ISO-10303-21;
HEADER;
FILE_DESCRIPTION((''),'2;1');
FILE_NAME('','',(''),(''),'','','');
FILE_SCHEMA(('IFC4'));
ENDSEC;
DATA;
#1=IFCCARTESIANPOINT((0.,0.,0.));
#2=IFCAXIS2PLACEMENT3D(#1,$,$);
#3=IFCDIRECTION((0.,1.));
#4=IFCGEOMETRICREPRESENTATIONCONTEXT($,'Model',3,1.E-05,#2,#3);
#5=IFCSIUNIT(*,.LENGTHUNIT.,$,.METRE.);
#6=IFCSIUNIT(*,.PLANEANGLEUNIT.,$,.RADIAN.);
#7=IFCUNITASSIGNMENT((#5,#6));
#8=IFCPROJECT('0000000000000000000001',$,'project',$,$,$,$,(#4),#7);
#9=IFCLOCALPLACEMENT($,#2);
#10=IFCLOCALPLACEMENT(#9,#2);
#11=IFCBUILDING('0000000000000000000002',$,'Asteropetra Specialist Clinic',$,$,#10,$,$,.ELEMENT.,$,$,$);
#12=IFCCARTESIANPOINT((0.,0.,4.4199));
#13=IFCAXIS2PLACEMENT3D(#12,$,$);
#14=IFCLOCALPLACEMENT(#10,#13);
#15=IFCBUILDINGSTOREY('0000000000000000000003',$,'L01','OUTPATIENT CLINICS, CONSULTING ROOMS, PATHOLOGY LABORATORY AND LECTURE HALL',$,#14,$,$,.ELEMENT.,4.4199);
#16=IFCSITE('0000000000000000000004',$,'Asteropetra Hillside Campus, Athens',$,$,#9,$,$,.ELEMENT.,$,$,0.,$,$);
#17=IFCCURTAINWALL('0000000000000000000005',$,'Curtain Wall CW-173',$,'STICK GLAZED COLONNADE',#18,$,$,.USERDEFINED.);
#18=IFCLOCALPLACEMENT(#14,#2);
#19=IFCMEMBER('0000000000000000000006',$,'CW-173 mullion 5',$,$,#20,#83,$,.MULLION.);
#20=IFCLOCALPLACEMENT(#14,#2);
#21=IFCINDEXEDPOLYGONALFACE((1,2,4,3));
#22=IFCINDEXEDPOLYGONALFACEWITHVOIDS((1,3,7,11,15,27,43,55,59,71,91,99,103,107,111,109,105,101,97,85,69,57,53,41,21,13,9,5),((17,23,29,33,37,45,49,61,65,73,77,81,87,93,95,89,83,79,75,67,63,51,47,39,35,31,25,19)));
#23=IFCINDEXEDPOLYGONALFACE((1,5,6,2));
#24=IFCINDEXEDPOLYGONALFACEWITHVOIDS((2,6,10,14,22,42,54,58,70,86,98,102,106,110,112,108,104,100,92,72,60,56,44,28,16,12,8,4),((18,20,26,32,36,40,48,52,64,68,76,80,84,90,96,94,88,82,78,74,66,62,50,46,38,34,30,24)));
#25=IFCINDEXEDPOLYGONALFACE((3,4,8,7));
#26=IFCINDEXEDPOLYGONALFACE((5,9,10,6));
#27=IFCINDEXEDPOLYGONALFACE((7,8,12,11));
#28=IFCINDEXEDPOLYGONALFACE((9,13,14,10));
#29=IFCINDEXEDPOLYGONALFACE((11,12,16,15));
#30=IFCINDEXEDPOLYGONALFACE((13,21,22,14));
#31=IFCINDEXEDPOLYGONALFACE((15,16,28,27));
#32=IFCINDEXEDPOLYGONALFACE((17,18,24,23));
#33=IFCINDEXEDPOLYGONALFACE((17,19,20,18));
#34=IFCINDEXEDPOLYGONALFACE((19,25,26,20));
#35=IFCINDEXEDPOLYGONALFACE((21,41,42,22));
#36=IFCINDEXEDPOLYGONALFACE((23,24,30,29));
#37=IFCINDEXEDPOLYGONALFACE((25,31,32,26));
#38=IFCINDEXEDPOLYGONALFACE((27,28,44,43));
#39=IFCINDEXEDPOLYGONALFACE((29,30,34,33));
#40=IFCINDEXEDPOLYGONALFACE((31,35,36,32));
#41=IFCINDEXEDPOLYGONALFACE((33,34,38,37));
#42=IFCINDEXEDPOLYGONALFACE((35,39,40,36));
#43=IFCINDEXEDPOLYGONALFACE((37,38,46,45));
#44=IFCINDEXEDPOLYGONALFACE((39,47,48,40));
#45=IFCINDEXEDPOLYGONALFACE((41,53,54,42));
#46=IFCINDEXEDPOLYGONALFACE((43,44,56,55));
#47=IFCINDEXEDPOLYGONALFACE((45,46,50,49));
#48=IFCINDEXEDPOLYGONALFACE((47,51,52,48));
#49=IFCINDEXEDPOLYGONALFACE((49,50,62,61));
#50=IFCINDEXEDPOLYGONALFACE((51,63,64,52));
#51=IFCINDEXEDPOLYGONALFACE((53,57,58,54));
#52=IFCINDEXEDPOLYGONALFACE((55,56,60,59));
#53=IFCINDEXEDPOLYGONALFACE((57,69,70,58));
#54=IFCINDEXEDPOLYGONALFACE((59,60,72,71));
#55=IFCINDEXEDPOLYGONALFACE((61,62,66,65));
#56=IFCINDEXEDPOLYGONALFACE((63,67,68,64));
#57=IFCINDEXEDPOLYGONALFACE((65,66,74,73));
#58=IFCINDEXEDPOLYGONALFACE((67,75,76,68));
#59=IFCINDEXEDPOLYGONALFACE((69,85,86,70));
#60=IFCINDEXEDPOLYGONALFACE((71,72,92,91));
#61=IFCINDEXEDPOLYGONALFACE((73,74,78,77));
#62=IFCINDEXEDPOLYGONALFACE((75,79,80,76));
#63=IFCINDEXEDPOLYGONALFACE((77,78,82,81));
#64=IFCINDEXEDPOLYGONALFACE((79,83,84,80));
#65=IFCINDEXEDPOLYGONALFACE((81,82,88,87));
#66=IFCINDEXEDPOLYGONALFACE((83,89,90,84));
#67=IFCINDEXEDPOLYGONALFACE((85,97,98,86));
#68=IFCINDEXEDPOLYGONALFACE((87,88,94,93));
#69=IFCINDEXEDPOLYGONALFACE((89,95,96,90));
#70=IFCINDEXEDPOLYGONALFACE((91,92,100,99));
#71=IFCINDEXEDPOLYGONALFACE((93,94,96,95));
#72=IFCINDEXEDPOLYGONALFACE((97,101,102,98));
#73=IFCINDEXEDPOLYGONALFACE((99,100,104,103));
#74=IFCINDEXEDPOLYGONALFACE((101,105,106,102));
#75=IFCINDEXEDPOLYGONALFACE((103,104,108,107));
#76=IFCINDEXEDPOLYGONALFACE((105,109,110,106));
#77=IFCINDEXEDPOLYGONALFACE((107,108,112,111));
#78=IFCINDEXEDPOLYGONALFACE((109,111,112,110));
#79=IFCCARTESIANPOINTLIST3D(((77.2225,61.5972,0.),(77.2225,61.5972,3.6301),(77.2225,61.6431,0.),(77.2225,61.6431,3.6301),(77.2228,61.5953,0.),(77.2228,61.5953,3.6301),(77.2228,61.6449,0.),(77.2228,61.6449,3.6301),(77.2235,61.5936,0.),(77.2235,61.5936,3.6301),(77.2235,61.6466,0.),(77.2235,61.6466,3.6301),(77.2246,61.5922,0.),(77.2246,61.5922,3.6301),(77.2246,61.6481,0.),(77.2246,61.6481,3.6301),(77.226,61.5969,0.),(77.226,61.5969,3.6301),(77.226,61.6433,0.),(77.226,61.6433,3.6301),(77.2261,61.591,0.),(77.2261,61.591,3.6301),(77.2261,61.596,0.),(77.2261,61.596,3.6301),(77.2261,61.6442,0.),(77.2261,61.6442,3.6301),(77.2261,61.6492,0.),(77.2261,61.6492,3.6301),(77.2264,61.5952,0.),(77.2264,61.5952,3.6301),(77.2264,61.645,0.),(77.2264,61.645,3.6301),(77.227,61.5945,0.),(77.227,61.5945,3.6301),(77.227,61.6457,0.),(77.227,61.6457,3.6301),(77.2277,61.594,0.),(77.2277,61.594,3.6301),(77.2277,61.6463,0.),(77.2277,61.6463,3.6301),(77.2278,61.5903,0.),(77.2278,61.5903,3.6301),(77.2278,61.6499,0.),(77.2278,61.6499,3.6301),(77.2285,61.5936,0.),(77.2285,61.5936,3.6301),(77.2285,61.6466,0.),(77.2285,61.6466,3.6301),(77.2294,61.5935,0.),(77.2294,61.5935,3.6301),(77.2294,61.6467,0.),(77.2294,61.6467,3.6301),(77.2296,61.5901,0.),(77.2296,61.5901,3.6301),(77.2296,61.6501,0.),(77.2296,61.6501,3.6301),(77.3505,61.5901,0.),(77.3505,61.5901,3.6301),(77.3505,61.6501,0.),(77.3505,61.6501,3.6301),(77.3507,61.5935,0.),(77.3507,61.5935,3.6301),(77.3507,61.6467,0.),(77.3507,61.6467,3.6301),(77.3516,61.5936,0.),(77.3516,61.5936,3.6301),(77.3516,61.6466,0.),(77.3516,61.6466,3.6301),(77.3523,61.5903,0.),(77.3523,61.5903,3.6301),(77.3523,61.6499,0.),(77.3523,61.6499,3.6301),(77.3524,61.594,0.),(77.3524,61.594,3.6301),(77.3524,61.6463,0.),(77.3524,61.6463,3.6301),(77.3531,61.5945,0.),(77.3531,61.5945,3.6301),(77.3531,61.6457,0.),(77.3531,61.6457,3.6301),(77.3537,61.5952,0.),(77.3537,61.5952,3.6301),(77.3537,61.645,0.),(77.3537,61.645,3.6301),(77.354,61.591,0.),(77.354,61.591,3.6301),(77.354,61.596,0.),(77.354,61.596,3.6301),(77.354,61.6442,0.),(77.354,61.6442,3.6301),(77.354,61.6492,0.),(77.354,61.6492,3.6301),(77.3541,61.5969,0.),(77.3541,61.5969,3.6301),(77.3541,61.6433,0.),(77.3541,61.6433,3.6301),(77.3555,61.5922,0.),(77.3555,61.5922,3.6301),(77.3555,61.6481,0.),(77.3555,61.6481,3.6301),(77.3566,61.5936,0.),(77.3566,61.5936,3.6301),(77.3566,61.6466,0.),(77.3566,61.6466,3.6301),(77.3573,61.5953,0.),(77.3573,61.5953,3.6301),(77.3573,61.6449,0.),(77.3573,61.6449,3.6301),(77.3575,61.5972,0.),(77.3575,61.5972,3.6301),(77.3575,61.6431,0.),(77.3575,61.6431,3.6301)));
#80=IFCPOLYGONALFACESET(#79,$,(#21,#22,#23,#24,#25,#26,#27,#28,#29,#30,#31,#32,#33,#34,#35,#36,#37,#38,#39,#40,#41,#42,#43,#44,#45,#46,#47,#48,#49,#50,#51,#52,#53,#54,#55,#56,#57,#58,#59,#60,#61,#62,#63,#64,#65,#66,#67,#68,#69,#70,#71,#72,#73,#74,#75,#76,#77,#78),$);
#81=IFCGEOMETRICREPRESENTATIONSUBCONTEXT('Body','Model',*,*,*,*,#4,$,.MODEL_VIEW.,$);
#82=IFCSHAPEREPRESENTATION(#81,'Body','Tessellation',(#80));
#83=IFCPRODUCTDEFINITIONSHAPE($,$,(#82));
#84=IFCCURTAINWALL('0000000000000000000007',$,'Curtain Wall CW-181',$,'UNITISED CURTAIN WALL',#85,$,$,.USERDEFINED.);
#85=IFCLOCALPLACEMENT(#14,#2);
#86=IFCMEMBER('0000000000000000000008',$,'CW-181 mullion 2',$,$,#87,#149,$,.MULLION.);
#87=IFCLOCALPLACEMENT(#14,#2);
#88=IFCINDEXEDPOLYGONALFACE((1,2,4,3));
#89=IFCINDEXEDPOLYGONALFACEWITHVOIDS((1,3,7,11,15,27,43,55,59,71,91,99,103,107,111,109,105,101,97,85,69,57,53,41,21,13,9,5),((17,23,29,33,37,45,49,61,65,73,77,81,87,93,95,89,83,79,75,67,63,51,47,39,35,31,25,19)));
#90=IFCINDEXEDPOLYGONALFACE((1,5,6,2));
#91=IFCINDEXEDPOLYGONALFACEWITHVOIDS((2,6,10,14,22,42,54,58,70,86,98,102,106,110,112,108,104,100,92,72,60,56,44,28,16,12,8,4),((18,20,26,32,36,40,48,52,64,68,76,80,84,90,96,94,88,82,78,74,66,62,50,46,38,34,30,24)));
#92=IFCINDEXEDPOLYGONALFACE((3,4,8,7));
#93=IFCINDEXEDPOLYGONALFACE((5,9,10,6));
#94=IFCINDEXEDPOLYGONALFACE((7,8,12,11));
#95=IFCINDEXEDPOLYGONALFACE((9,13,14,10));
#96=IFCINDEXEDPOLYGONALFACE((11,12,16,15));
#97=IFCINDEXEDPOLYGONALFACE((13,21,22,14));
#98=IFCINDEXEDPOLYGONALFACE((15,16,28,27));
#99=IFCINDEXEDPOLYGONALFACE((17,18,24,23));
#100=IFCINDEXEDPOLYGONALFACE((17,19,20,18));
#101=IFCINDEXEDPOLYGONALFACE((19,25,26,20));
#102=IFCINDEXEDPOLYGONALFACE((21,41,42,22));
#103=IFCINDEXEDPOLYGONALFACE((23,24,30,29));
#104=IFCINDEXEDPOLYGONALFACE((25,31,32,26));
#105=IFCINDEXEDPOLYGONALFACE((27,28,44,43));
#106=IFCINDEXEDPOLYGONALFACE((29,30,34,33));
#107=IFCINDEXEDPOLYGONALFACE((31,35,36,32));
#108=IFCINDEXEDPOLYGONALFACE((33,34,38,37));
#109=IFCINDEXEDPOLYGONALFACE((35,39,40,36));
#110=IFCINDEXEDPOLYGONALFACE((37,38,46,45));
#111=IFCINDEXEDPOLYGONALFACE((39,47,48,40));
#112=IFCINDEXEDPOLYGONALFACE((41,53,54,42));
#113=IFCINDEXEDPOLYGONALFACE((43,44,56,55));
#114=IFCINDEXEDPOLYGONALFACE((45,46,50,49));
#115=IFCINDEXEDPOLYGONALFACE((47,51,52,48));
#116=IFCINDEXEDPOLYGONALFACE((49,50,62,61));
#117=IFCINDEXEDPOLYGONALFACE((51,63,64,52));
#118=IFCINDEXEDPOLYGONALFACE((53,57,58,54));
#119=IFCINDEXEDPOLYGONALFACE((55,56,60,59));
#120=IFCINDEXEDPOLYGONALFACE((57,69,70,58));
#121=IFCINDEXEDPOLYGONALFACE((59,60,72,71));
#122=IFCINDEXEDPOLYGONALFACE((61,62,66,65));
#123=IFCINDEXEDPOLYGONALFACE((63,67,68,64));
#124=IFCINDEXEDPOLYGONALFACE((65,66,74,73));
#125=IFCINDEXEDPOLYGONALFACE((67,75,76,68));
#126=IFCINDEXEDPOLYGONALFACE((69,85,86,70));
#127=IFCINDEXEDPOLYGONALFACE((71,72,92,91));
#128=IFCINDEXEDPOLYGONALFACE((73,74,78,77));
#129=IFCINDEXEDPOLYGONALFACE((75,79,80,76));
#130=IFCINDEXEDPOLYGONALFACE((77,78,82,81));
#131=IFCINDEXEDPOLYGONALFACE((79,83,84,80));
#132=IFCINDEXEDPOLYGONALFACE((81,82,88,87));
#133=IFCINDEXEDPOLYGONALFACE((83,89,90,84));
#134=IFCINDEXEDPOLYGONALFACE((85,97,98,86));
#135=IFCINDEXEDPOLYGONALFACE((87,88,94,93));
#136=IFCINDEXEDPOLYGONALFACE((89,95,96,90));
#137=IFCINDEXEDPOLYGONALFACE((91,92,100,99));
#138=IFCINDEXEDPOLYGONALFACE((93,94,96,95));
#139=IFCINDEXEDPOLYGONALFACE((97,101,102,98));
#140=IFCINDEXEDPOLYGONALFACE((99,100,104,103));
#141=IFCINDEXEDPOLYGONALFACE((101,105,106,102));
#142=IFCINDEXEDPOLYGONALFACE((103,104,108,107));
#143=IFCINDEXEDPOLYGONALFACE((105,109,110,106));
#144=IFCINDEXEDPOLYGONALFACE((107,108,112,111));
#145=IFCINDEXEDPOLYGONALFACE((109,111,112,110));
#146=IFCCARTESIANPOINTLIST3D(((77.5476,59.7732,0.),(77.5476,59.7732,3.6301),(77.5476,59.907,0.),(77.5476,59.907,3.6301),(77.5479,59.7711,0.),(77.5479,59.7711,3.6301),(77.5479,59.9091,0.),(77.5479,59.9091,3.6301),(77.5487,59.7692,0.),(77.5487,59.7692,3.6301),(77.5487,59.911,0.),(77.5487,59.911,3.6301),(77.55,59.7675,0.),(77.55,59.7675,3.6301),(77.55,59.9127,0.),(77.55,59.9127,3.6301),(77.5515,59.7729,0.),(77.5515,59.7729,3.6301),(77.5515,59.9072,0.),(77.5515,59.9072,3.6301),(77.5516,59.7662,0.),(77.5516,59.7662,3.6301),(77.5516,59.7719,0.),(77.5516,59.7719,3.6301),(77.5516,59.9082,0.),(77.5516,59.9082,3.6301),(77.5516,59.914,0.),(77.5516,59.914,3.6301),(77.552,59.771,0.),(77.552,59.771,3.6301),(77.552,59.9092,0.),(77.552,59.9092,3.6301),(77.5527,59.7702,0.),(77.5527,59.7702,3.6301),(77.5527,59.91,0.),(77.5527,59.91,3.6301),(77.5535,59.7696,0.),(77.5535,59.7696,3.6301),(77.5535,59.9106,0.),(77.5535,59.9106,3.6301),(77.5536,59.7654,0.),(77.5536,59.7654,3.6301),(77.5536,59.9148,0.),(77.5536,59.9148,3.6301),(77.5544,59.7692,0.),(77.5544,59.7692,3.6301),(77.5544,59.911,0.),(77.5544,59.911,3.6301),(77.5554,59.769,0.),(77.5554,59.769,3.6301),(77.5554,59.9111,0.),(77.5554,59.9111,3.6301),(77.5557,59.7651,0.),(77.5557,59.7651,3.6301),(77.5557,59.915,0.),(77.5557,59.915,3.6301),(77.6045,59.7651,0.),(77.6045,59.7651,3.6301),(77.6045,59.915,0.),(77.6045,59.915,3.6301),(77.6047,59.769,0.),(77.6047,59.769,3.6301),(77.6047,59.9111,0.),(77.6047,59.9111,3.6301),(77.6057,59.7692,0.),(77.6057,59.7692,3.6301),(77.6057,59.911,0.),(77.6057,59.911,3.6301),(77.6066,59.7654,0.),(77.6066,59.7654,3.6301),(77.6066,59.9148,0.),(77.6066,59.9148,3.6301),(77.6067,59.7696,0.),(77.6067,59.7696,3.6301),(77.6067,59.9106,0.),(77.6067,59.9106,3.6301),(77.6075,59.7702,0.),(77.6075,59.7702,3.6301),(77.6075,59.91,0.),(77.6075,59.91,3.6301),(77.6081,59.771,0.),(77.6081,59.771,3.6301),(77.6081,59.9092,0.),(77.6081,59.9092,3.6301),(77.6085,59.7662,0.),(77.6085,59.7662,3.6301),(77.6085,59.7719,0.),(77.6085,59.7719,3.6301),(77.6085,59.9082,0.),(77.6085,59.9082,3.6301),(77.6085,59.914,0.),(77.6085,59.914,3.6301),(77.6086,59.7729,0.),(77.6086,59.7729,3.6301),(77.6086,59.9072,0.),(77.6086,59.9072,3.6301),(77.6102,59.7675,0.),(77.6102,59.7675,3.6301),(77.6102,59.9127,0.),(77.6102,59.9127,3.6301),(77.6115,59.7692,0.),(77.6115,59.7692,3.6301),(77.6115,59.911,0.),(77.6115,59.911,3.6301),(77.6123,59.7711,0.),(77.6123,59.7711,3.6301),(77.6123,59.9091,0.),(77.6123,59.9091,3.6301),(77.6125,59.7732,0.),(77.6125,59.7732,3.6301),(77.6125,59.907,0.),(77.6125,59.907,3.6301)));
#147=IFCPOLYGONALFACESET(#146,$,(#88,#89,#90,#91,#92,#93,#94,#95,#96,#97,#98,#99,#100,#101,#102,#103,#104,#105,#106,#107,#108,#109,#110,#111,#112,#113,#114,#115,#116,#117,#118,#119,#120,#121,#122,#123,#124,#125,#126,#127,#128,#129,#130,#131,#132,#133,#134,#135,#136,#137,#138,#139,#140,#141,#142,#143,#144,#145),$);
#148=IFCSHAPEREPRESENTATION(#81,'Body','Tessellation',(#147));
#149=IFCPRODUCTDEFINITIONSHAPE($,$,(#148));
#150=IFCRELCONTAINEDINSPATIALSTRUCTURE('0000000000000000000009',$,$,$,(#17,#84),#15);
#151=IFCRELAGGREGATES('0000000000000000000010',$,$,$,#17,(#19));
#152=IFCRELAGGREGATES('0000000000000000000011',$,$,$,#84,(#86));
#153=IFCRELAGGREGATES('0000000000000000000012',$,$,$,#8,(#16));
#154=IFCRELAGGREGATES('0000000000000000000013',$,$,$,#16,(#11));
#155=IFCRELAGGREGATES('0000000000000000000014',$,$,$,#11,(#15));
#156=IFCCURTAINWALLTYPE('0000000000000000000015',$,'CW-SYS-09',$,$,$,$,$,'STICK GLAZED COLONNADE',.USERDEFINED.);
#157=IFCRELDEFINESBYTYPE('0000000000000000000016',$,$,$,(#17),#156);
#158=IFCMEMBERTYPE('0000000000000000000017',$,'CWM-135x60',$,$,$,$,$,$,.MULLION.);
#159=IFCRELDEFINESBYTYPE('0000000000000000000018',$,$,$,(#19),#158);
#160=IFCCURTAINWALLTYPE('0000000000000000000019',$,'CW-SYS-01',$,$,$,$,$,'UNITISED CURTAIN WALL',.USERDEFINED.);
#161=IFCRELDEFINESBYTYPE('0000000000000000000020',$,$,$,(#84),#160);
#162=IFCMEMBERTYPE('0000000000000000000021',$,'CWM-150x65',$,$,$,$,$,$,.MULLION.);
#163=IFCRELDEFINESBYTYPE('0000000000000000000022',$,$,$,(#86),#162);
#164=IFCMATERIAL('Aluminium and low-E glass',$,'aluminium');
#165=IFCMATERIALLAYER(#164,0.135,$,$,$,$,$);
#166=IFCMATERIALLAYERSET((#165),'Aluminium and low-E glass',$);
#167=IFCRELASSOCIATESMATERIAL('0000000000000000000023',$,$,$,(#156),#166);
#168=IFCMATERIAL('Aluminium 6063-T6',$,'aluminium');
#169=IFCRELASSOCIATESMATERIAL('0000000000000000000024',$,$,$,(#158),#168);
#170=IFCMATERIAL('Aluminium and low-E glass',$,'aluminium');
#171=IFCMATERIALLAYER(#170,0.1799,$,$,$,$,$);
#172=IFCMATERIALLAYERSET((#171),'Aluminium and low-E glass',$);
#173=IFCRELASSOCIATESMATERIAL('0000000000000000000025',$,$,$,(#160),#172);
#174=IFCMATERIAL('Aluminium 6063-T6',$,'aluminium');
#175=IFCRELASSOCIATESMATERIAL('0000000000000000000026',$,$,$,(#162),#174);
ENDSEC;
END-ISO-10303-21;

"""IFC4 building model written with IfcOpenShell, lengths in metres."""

from ifc_helpers import new_model, si_unit, direction, frame, origin, origin_2d, place, context, subcontext, project, spatial, hollow_rectangle, extrude, material, layer, layer_set, material_profile, profile_set, type_object, element, aggregate, save


model = new_model("IFC4")

# Units and contexts
model_context = context("Model", 3, precision=1e-05, world=origin(), true_north=direction((0.0, 1.0)))
body_context = subcontext(model_context, "Body", "Model", "MODEL_VIEW")
ifc_project = project(units=[si_unit("LENGTHUNIT", "METRE"), si_unit("PLANEANGLEUNIT", "RADIAN")], contexts=[model_context])

# Site, building, storey
site_placement = place(None, origin())
site = spatial("IfcSite", under=ifc_project, at=site_placement, Name="Asteropetra Hillside Campus, Athens", CompositionType="ELEMENT", RefElevation=0.0)
building_placement = place(site_placement, origin())
building = spatial("IfcBuilding", under=site, at=building_placement, Name="Asteropetra Specialist Clinic", CompositionType="ELEMENT")
storey_placement = place(building_placement, frame((0.0, 0.0, 4.4199)))
storey = spatial("IfcBuildingStorey", under=building, at=storey_placement, Name="L01", Description="OUTPATIENT CLINICS, CONSULTING ROOMS, PATHOLOGY LABORATORY AND LECTURE HALL", CompositionType="ELEMENT", Elevation=4.4199)

# Curtain wall, member
ifc_material_1 = material(Name="Aluminium and low-E glass", Category="aluminium")
ifc_layer_1 = layer(ifc_material_1, 0.135)
ifc_layer_set_1 = layer_set([ifc_layer_1], Name="Aluminium and low-E glass")
curtain_wall_type_1 = type_object("IfcCurtainWallType", Name="CW-SYS-09", ElementType="STICK GLAZED COLONNADE", PredefinedType="USERDEFINED", material=ifc_layer_set_1)
curtain_wall_1_placement = place(storey_placement, origin())
curtain_wall_1 = element("IfcCurtainWall", 1, at=curtain_wall_1_placement, inside=storey, type_object=curtain_wall_type_1, Name="Curtain Wall CW-173", ObjectType="STICK GLAZED COLONNADE", PredefinedType="USERDEFINED")
ifc_material_2 = material(Name="Aluminium 6063-T6", Category="aluminium")
ifc_material_profile_1 = material_profile(ifc_material_2, hollow_rectangle(XDim=0.0601, YDim=0.135, WallThickness=0.0034, InnerFilletRadius=0.0034, OuterFilletRadius=0.0071, at=origin_2d()), Name="MUL 135x60x3.5")
ifc_profile_set_1 = profile_set([ifc_material_profile_1], Name="Aluminium 6063-T6")
member_type_1 = type_object("IfcMemberType", Name="CWM-135x60", PredefinedType="MULLION", material=ifc_profile_set_1)
member_1_placement = place(storey_placement, frame((77.29, 61.6201, 0.0), z_axis=(0.0, 0.0, 1.0), x_axis=(0.0, -1.0, 0.0)))
member_1 = element("IfcMember", 2, at=member_1_placement, type_object=member_type_1, Name="CW-173 mullion 5", PredefinedType="MULLION", context=body_context, shape_type="SweptSolid", body=[
    extrude(hollow_rectangle(XDim=0.0601, YDim=0.135, WallThickness=0.0034, InnerFilletRadius=0.0034, OuterFilletRadius=0.0071, at=origin_2d()), origin(), (0.0, 0.0, 1.0), 3.6301),
])

# Curtain wall, member
ifc_material_3 = material(Name="Aluminium and low-E glass", Category="aluminium")
ifc_layer_2 = layer(ifc_material_3, 0.1799)
ifc_layer_set_2 = layer_set([ifc_layer_2], Name="Aluminium and low-E glass")
curtain_wall_type_2 = type_object("IfcCurtainWallType", Name="CW-SYS-01", ElementType="UNITISED CURTAIN WALL", PredefinedType="USERDEFINED", material=ifc_layer_set_2)
curtain_wall_2_placement = place(storey_placement, origin())
curtain_wall_2 = element("IfcCurtainWall", 3, at=curtain_wall_2_placement, inside=storey, type_object=curtain_wall_type_2, Name="Curtain Wall CW-181", ObjectType="UNITISED CURTAIN WALL", PredefinedType="USERDEFINED")
ifc_material_4 = material(Name="Aluminium 6063-T6", Category="aluminium")
ifc_material_profile_2 = material_profile(ifc_material_4, hollow_rectangle(XDim=0.0649, YDim=0.1499, WallThickness=0.0039, InnerFilletRadius=0.0039, OuterFilletRadius=0.0081, at=origin_2d()), Name="MUL 150x65x4.0")
ifc_profile_set_2 = profile_set([ifc_material_profile_2], Name="Aluminium 6063-T6")
member_type_2 = type_object("IfcMemberType", Name="CWM-150x65", PredefinedType="MULLION", material=ifc_profile_set_2)
member_2_placement = place(storey_placement, frame((77.5801, 59.8401, 0.0), z_axis=(0.0, 0.0, 1.0), x_axis=(1.0, 0.0, 0.0)))
member_2 = element("IfcMember", 4, at=member_2_placement, type_object=member_type_2, Name="CW-181 mullion 2", PredefinedType="MULLION", context=body_context, shape_type="SweptSolid", body=[
    extrude(hollow_rectangle(XDim=0.0649, YDim=0.1499, WallThickness=0.0039, InnerFilletRadius=0.0039, OuterFilletRadius=0.0081, at=origin_2d()), origin(), (0.0, 0.0, 1.0), 3.6301),
])

aggregate(curtain_wall_1, [member_1])
aggregate(curtain_wall_2, [member_2])

save(model, "model.ifc")
